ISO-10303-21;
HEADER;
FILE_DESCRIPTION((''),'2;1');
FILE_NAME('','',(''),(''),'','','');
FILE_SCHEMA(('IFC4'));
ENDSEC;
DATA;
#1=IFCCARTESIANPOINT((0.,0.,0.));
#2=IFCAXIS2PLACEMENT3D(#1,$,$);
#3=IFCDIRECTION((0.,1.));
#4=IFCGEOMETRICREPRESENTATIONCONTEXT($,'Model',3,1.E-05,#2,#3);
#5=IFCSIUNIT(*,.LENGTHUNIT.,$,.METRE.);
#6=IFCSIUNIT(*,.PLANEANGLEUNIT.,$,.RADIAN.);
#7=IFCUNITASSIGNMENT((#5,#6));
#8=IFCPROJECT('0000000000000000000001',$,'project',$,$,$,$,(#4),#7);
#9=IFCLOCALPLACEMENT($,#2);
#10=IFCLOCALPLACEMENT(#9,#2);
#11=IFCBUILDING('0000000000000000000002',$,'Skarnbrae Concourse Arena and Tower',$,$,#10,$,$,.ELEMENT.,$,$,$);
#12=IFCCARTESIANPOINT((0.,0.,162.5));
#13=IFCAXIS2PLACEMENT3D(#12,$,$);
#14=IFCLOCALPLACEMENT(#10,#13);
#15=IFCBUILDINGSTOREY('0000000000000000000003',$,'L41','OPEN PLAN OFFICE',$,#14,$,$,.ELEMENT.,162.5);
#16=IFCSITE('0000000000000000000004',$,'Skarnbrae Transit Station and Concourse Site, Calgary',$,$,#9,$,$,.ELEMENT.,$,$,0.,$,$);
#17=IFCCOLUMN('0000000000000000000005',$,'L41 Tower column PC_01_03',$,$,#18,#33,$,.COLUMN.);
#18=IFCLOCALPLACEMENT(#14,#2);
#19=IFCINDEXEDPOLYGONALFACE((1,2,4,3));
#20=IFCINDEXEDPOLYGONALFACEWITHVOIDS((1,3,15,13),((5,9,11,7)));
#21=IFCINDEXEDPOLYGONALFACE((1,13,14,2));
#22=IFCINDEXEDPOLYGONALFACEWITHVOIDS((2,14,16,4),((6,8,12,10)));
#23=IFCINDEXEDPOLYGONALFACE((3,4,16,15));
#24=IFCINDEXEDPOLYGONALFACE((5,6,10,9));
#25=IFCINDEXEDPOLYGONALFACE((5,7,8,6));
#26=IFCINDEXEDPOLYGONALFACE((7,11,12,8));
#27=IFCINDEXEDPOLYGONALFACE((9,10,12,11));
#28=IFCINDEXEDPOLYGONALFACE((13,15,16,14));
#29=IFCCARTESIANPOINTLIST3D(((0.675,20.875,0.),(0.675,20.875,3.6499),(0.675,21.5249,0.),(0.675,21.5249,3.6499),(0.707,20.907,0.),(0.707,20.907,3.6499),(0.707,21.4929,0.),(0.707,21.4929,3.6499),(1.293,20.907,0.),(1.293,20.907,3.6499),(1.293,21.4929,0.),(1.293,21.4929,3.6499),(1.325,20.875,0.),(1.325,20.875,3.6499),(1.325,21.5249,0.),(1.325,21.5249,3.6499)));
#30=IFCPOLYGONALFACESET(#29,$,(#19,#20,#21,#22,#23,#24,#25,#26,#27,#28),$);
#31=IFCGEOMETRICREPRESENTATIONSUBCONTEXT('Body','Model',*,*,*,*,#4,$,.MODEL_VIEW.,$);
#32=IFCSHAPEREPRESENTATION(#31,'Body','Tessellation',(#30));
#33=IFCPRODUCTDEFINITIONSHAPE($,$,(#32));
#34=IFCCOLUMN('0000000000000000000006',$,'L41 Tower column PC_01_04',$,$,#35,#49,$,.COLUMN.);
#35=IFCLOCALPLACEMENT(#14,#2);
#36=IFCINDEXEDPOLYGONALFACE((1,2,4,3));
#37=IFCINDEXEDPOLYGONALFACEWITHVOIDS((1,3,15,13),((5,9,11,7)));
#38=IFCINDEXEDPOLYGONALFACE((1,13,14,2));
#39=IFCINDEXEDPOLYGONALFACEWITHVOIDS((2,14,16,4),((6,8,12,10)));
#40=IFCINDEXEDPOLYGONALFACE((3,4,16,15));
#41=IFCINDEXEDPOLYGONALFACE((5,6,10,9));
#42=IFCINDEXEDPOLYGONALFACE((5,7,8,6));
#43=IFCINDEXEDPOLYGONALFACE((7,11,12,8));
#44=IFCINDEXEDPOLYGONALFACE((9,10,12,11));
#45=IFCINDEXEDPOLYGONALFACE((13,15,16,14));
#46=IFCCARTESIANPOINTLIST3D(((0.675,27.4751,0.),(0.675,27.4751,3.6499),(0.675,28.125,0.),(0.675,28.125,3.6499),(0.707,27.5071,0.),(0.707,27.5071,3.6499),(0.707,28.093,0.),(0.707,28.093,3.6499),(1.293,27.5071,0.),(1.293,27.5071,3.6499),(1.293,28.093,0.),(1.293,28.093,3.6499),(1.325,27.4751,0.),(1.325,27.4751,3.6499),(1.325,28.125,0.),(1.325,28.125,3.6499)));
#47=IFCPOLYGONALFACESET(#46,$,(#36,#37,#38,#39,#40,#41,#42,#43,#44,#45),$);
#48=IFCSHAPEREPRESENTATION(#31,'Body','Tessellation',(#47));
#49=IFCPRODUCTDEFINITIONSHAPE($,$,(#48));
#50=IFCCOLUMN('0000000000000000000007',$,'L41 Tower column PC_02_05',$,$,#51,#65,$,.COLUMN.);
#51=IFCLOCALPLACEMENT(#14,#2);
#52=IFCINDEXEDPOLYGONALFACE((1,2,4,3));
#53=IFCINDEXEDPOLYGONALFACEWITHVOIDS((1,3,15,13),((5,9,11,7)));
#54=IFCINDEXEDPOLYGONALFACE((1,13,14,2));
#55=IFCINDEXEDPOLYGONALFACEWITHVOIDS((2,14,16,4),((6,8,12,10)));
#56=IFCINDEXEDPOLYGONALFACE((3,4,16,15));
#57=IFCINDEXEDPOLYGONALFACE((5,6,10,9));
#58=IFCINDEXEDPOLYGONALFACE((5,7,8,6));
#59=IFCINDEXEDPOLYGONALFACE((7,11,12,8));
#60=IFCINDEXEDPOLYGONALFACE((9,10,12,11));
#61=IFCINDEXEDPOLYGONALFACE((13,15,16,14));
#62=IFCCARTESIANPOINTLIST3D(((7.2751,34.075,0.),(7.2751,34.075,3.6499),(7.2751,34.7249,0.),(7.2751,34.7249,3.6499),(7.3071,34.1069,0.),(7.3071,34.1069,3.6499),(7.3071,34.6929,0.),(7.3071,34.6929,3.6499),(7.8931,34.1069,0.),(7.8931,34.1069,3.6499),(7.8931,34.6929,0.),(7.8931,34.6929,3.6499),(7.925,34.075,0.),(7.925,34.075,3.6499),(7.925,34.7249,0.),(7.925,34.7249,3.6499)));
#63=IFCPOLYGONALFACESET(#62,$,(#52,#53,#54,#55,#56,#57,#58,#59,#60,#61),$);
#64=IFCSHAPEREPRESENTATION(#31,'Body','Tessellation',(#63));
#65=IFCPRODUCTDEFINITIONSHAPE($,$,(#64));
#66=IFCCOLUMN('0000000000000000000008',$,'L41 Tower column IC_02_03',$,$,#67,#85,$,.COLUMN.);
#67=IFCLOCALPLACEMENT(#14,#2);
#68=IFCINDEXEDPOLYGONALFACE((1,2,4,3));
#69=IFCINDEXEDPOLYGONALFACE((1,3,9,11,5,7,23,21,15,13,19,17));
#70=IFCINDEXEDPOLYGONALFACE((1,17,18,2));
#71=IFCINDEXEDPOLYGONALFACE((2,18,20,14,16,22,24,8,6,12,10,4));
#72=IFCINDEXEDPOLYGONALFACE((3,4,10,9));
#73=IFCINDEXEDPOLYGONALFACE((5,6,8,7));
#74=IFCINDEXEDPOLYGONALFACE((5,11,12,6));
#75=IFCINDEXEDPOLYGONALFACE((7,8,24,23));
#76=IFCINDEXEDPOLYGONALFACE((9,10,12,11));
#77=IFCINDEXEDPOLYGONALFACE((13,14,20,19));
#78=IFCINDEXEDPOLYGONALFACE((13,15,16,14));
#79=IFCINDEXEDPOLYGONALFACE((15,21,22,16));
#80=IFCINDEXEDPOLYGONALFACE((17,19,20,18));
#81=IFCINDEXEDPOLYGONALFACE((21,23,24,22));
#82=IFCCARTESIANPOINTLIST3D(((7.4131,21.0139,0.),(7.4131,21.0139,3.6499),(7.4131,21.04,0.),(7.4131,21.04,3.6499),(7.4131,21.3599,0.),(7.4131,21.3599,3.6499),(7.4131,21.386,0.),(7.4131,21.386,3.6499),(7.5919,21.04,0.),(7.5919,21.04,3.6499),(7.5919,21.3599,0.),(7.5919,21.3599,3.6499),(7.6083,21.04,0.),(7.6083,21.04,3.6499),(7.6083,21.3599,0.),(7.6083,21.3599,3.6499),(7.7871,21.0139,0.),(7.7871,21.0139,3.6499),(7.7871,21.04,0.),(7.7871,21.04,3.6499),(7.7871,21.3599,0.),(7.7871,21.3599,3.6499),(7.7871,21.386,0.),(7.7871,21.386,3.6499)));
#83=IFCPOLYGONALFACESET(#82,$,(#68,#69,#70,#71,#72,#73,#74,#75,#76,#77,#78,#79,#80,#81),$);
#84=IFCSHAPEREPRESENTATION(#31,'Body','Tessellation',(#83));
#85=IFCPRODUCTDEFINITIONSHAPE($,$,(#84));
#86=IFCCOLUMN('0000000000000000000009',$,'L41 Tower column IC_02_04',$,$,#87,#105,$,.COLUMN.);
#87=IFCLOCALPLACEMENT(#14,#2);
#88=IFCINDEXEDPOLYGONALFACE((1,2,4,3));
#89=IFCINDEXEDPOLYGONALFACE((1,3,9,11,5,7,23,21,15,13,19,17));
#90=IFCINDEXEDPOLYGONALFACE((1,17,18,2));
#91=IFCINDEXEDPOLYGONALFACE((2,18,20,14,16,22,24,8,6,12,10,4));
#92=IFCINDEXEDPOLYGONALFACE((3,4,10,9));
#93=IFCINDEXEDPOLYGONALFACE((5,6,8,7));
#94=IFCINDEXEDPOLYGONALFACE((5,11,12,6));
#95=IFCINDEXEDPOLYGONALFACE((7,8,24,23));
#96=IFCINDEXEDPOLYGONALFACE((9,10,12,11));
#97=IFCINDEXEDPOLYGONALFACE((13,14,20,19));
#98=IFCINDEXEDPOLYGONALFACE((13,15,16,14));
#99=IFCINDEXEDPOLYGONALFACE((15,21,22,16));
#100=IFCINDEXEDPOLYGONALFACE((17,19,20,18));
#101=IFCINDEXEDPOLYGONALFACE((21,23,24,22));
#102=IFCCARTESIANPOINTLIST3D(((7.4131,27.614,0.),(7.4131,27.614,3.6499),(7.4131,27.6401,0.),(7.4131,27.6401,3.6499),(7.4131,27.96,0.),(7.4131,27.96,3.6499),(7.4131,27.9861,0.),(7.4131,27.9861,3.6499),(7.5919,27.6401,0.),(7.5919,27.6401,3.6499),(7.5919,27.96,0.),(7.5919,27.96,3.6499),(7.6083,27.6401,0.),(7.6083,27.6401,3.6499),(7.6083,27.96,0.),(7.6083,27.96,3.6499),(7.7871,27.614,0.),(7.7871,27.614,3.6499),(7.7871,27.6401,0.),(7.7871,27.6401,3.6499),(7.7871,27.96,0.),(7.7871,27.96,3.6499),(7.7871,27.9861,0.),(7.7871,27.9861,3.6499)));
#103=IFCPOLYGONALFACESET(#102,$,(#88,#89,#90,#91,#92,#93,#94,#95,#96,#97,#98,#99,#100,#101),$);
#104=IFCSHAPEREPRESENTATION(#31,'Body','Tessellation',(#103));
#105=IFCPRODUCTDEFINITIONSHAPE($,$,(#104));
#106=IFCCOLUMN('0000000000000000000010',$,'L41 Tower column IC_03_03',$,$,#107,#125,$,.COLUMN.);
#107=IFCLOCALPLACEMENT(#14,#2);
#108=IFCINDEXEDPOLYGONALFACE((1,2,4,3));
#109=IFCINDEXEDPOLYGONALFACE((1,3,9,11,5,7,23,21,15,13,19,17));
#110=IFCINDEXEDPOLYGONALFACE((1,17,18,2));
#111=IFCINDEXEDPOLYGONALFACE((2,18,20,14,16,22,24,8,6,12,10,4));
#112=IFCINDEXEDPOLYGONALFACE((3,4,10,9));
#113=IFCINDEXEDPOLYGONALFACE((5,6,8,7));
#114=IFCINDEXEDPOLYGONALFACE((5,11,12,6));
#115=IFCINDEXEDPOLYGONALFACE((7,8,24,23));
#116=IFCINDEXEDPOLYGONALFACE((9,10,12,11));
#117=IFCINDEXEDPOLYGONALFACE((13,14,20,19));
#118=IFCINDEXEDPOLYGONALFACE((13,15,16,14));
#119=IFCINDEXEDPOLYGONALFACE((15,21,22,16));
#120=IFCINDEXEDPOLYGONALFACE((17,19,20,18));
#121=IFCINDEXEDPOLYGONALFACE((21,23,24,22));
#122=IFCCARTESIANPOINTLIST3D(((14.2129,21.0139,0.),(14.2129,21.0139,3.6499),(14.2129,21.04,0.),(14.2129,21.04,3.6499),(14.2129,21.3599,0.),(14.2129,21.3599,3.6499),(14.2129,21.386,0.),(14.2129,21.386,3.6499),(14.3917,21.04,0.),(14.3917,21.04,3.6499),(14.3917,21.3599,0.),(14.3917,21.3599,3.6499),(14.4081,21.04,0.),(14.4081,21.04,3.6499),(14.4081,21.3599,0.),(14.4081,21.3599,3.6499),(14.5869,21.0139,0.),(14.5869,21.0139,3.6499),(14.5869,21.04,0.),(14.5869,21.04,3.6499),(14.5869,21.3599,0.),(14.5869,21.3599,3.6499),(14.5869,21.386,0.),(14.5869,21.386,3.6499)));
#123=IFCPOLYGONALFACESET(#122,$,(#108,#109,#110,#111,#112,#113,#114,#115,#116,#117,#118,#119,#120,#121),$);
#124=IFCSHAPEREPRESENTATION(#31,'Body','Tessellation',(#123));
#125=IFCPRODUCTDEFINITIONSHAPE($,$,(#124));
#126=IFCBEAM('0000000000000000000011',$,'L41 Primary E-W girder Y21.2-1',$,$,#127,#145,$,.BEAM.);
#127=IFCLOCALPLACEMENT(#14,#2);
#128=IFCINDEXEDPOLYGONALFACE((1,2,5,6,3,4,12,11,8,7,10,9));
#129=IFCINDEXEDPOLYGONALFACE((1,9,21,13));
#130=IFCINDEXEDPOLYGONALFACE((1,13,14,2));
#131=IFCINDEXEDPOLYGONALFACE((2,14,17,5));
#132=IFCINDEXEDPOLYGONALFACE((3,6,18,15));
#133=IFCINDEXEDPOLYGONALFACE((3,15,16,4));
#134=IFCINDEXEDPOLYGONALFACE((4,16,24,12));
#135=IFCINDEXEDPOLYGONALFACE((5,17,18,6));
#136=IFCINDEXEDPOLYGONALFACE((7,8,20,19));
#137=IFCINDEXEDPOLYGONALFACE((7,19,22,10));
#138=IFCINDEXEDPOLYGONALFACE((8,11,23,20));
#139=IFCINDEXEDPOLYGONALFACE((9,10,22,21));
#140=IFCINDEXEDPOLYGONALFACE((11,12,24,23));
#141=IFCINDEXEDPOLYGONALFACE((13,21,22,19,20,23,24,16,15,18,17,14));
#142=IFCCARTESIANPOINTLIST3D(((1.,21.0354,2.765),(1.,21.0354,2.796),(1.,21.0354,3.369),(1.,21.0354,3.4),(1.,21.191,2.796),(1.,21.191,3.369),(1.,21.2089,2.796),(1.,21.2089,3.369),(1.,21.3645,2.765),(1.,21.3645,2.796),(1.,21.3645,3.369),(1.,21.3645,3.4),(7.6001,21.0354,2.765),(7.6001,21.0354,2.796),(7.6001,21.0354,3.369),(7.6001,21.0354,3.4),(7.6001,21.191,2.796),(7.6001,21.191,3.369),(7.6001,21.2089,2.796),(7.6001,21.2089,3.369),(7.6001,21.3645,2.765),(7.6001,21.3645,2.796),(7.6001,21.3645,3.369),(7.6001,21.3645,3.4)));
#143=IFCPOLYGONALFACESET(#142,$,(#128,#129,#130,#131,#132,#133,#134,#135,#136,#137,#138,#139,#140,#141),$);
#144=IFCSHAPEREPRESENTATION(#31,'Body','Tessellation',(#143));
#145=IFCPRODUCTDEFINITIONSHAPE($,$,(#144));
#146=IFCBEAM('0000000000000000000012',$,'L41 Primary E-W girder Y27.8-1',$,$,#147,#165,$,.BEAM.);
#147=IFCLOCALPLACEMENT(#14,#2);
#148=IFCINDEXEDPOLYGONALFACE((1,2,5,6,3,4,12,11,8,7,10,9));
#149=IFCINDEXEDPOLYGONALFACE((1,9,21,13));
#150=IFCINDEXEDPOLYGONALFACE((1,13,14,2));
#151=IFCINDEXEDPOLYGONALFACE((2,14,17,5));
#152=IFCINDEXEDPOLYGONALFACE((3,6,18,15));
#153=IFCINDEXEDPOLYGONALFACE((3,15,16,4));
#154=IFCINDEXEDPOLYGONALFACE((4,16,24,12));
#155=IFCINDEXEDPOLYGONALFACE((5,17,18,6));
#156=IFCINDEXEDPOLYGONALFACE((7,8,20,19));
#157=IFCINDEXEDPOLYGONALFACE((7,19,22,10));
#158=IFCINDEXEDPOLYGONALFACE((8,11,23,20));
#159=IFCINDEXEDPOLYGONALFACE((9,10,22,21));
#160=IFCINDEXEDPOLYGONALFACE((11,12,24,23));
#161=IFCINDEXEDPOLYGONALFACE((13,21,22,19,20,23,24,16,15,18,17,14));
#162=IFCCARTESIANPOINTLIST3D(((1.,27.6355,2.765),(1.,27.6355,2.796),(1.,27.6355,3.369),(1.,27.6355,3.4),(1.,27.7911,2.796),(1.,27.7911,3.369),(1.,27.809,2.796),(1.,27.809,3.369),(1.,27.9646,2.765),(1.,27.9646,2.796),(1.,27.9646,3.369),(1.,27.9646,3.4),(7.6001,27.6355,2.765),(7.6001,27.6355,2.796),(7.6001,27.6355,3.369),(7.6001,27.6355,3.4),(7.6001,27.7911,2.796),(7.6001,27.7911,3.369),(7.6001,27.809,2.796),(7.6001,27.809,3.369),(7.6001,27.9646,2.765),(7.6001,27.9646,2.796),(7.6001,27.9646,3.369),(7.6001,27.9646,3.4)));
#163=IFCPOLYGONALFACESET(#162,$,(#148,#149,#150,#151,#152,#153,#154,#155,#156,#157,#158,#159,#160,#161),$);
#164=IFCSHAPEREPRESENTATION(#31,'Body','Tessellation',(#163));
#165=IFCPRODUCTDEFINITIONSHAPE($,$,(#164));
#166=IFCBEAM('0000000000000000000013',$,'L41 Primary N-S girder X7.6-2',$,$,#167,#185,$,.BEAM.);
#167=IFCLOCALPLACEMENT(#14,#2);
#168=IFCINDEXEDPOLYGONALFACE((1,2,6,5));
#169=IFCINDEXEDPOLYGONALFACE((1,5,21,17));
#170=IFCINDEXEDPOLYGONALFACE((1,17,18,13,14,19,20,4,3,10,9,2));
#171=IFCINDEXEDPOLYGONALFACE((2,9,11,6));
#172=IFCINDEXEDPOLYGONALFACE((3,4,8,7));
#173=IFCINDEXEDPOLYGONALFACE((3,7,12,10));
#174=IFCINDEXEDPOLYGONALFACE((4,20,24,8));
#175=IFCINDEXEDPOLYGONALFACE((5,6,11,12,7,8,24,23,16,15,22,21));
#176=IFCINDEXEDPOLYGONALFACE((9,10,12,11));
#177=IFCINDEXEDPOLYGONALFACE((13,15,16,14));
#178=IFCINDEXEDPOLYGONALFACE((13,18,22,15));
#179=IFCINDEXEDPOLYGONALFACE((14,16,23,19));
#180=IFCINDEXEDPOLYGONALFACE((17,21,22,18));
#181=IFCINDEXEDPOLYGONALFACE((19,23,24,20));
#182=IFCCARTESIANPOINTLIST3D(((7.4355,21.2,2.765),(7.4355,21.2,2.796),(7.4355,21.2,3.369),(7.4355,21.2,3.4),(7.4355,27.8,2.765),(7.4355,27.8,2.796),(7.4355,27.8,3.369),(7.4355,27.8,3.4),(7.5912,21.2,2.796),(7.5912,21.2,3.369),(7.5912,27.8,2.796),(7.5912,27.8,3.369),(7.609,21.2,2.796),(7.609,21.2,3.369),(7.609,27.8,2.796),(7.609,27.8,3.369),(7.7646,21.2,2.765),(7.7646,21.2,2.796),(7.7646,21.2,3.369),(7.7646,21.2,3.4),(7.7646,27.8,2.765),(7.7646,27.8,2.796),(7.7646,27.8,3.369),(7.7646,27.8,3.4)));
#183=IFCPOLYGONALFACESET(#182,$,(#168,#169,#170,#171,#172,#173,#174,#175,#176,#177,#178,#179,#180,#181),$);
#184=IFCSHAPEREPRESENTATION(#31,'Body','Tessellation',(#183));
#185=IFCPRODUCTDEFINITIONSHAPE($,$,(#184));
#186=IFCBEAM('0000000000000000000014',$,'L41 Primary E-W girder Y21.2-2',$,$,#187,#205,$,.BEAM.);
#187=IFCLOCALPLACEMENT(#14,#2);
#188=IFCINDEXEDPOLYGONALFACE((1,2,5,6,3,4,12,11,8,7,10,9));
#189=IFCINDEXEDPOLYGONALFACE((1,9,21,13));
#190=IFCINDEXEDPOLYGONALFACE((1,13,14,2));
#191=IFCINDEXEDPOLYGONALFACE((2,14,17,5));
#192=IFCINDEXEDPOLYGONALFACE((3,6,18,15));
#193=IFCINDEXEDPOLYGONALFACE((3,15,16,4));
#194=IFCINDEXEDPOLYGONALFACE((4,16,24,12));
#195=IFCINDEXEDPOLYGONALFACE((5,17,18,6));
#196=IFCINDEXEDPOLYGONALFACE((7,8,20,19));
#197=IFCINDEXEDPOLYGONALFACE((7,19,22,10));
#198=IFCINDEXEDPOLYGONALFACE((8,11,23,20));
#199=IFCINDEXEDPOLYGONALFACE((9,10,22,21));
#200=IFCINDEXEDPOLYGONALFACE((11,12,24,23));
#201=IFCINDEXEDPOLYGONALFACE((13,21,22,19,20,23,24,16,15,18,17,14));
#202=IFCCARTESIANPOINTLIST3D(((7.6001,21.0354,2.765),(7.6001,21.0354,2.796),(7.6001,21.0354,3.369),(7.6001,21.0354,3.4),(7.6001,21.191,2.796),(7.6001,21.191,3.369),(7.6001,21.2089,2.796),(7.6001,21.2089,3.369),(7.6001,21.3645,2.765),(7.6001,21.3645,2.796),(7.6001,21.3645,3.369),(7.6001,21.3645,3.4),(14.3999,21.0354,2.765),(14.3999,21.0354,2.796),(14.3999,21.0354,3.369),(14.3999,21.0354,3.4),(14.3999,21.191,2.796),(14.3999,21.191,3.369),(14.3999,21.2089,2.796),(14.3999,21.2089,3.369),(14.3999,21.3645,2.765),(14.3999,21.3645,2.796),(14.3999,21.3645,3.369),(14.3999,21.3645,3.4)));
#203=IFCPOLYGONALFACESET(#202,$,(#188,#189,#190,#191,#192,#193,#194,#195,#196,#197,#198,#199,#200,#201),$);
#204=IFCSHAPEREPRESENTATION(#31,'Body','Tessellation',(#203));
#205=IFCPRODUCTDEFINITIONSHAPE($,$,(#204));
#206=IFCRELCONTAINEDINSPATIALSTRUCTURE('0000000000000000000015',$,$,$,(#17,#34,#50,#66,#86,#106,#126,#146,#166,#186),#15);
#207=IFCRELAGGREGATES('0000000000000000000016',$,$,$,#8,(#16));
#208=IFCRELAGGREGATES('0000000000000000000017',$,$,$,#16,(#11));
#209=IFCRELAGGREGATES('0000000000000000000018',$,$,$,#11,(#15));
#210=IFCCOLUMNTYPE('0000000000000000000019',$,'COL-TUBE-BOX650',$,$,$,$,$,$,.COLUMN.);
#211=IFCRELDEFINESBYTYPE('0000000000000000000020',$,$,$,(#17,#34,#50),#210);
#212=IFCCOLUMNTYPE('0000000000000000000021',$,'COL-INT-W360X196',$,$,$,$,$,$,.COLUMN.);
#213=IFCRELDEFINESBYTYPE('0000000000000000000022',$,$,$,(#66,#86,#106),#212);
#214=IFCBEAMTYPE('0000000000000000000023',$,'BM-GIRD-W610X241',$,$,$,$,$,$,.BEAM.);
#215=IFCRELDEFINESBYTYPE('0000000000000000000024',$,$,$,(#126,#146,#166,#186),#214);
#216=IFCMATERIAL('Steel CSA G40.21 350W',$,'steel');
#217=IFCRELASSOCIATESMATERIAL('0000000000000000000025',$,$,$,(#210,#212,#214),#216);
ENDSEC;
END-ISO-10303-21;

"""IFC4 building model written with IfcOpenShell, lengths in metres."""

from ifc_helpers import new_model, si_unit, direction, frame, origin, origin_2d, place, context, subcontext, project, spatial, hollow_rectangle, i_section, extrude, source, transform, mapped, material, material_profile, profile_set, type_object, element, save


model = new_model("IFC4")

# Units and contexts
model_context = context("Model", 3, precision=1e-05, world=origin(), true_north=direction((0.0, 1.0)))
body_context = subcontext(model_context, "Body", "Model", "MODEL_VIEW")
ifc_project = project(units=[si_unit("LENGTHUNIT", "METRE"), si_unit("PLANEANGLEUNIT", "RADIAN")], contexts=[model_context])

# Site, building, storey
site_placement = place(None, origin())
site = spatial("IfcSite", under=ifc_project, at=site_placement, Name="Skarnbrae Transit Station and Concourse Site, Calgary", CompositionType="ELEMENT", RefElevation=0.0)
building_placement = place(site_placement, origin())
building = spatial("IfcBuilding", under=site, at=building_placement, Name="Skarnbrae Concourse Arena and Tower", CompositionType="ELEMENT")
storey_placement = place(building_placement, frame((0.0, 0.0, 162.5)))
storey = spatial("IfcBuildingStorey", under=building, at=storey_placement, Name="L41", Description="OPEN PLAN OFFICE", CompositionType="ELEMENT", Elevation=162.5)

# Columns
ifc_material_1 = material(Name="Steel CSA G40.21 350W", Category="steel")
ifc_material_profile_1 = material_profile(ifc_material_1, hollow_rectangle(XDim=0.6499, YDim=0.6499, WallThickness=0.032, at=origin_2d()), Name="BOX650X650X32")
ifc_profile_set_1 = profile_set([ifc_material_profile_1], Name="Steel CSA G40.21 350W")
column_type_1 = type_object("IfcColumnType", Name="COL-TUBE-BOX650", PredefinedType="COLUMN", material=ifc_profile_set_1)
shared_shape_1 = source(origin(), body_context, "Body", "SweptSolid", [
    extrude(hollow_rectangle(XDim=0.6499, YDim=0.6499, WallThickness=0.032, at=origin_2d()), origin(), (0.0, 0.0, 1.0), 3.6499),
])
for number, where, z_axis, x_axis, name in (
    (1, (1.0, 21.2, 0.0), (0.0, 0.0, 1.0), (1.0, 0.0, 0.0), "L41 Tower column PC_01_03"),
    (2, (1.0, 27.8, 0.0), (0.0, 0.0, 1.0), (1.0, 0.0, 0.0), "L41 Tower column PC_01_04"),
    (3, (7.6001, 34.3999, 0.0), (0.0, 0.0, 1.0), (1.0, 0.0, 0.0), "L41 Tower column PC_02_05"),
):
    element("IfcColumn", number, at=place(storey_placement, frame(where, z_axis=z_axis, x_axis=x_axis)), inside=storey, type_object=column_type_1, Name=name, PredefinedType="COLUMN", context=body_context, shape_type="MappedRepresentation", body=[
        mapped(shared_shape_1, transform((0.0, 0.0, 0.0))),
    ])
ifc_material_profile_2 = material_profile(ifc_material_1, i_section(OverallWidth=0.374, OverallDepth=0.3721, WebThickness=0.0164, FlangeThickness=0.0261, at=origin_2d()), Name="W360X196")
ifc_profile_set_2 = profile_set([ifc_material_profile_2], Name="Steel CSA G40.21 350W")
column_type_2 = type_object("IfcColumnType", Name="COL-INT-W360X196", PredefinedType="COLUMN", material=ifc_profile_set_2)
shared_shape_2 = source(origin(), body_context, "Body", "SweptSolid", [
    extrude(i_section(OverallWidth=0.374, OverallDepth=0.3721, WebThickness=0.0164, FlangeThickness=0.0261, at=origin_2d()), origin(), (0.0, 0.0, 1.0), 3.6499),
])
for number, where, z_axis, x_axis, name in (
    (4, (7.6001, 21.2, 0.0), (0.0, 0.0, 1.0), (1.0, 0.0, 0.0), "L41 Tower column IC_02_03"),
    (5, (7.6001, 27.8, 0.0), (0.0, 0.0, 1.0), (1.0, 0.0, 0.0), "L41 Tower column IC_02_04"),
    (6, (14.3999, 21.2, 0.0), (0.0, 0.0, 1.0), (1.0, 0.0, 0.0), "L41 Tower column IC_03_03"),
):
    element("IfcColumn", number, at=place(storey_placement, frame(where, z_axis=z_axis, x_axis=x_axis)), inside=storey, type_object=column_type_2, Name=name, PredefinedType="COLUMN", context=body_context, shape_type="MappedRepresentation", body=[
        mapped(shared_shape_2, transform((0.0, 0.0, 0.0))),
    ])

# Beams
ifc_material_profile_3 = material_profile(ifc_material_1, i_section(OverallWidth=0.3291, OverallDepth=0.635, WebThickness=0.0178, FlangeThickness=0.031, at=origin_2d()), Name="W610X241")
ifc_profile_set_3 = profile_set([ifc_material_profile_3], Name="Steel CSA G40.21 350W")
beam_type_1 = type_object("IfcBeamType", Name="BM-GIRD-W610X241", PredefinedType="BEAM", material=ifc_profile_set_3)
shared_shape_3 = source(origin(), body_context, "Body", "SweptSolid", [
    extrude(i_section(OverallWidth=0.3291, OverallDepth=0.635, WebThickness=0.0178, FlangeThickness=0.031, at=origin_2d()), origin(), (0.0, 0.0, 1.0), 6.6001),
])
for number, where, z_axis, x_axis, name in (
    (7, (1.0, 21.2, 3.0825), (1.0, 0.0, 0.0), (0.0, 1.0, 0.0), "L41 Primary E-W girder Y21.2-1"),
    (8, (1.0, 27.8, 3.0825), (1.0, 0.0, 0.0), (0.0, 1.0, 0.0), "L41 Primary E-W girder Y27.8-1"),
    (9, (7.6001, 21.2, 3.0825), (0.0, 1.0, 0.0), (-1.0, 0.0, 0.0), "L41 Primary N-S girder X7.6-2"),
):
    element("IfcBeam", number, at=place(storey_placement, frame(where, z_axis=z_axis, x_axis=x_axis)), inside=storey, type_object=beam_type_1, Name=name, PredefinedType="BEAM", context=body_context, shape_type="MappedRepresentation", body=[
        mapped(shared_shape_3, transform((0.0, 0.0, 0.0))),
    ])
shared_shape_4 = source(origin(), body_context, "Body", "SweptSolid", [
    extrude(i_section(OverallWidth=0.3291, OverallDepth=0.635, WebThickness=0.0178, FlangeThickness=0.031, at=origin_2d()), origin(), (0.0, 0.0, 1.0), 6.7998),
])
for number, where, z_axis, x_axis, name in (
    (10, (7.6001, 21.2, 3.0825), (1.0, 0.0, 0.0), (0.0, 1.0, 0.0), "L41 Primary E-W girder Y21.2-2"),
):
    element("IfcBeam", number, at=place(storey_placement, frame(where, z_axis=z_axis, x_axis=x_axis)), inside=storey, type_object=beam_type_1, Name=name, PredefinedType="BEAM", context=body_context, shape_type="MappedRepresentation", body=[
        mapped(shared_shape_4, transform((0.0, 0.0, 0.0))),
    ])

save(model, "model.ifc")
